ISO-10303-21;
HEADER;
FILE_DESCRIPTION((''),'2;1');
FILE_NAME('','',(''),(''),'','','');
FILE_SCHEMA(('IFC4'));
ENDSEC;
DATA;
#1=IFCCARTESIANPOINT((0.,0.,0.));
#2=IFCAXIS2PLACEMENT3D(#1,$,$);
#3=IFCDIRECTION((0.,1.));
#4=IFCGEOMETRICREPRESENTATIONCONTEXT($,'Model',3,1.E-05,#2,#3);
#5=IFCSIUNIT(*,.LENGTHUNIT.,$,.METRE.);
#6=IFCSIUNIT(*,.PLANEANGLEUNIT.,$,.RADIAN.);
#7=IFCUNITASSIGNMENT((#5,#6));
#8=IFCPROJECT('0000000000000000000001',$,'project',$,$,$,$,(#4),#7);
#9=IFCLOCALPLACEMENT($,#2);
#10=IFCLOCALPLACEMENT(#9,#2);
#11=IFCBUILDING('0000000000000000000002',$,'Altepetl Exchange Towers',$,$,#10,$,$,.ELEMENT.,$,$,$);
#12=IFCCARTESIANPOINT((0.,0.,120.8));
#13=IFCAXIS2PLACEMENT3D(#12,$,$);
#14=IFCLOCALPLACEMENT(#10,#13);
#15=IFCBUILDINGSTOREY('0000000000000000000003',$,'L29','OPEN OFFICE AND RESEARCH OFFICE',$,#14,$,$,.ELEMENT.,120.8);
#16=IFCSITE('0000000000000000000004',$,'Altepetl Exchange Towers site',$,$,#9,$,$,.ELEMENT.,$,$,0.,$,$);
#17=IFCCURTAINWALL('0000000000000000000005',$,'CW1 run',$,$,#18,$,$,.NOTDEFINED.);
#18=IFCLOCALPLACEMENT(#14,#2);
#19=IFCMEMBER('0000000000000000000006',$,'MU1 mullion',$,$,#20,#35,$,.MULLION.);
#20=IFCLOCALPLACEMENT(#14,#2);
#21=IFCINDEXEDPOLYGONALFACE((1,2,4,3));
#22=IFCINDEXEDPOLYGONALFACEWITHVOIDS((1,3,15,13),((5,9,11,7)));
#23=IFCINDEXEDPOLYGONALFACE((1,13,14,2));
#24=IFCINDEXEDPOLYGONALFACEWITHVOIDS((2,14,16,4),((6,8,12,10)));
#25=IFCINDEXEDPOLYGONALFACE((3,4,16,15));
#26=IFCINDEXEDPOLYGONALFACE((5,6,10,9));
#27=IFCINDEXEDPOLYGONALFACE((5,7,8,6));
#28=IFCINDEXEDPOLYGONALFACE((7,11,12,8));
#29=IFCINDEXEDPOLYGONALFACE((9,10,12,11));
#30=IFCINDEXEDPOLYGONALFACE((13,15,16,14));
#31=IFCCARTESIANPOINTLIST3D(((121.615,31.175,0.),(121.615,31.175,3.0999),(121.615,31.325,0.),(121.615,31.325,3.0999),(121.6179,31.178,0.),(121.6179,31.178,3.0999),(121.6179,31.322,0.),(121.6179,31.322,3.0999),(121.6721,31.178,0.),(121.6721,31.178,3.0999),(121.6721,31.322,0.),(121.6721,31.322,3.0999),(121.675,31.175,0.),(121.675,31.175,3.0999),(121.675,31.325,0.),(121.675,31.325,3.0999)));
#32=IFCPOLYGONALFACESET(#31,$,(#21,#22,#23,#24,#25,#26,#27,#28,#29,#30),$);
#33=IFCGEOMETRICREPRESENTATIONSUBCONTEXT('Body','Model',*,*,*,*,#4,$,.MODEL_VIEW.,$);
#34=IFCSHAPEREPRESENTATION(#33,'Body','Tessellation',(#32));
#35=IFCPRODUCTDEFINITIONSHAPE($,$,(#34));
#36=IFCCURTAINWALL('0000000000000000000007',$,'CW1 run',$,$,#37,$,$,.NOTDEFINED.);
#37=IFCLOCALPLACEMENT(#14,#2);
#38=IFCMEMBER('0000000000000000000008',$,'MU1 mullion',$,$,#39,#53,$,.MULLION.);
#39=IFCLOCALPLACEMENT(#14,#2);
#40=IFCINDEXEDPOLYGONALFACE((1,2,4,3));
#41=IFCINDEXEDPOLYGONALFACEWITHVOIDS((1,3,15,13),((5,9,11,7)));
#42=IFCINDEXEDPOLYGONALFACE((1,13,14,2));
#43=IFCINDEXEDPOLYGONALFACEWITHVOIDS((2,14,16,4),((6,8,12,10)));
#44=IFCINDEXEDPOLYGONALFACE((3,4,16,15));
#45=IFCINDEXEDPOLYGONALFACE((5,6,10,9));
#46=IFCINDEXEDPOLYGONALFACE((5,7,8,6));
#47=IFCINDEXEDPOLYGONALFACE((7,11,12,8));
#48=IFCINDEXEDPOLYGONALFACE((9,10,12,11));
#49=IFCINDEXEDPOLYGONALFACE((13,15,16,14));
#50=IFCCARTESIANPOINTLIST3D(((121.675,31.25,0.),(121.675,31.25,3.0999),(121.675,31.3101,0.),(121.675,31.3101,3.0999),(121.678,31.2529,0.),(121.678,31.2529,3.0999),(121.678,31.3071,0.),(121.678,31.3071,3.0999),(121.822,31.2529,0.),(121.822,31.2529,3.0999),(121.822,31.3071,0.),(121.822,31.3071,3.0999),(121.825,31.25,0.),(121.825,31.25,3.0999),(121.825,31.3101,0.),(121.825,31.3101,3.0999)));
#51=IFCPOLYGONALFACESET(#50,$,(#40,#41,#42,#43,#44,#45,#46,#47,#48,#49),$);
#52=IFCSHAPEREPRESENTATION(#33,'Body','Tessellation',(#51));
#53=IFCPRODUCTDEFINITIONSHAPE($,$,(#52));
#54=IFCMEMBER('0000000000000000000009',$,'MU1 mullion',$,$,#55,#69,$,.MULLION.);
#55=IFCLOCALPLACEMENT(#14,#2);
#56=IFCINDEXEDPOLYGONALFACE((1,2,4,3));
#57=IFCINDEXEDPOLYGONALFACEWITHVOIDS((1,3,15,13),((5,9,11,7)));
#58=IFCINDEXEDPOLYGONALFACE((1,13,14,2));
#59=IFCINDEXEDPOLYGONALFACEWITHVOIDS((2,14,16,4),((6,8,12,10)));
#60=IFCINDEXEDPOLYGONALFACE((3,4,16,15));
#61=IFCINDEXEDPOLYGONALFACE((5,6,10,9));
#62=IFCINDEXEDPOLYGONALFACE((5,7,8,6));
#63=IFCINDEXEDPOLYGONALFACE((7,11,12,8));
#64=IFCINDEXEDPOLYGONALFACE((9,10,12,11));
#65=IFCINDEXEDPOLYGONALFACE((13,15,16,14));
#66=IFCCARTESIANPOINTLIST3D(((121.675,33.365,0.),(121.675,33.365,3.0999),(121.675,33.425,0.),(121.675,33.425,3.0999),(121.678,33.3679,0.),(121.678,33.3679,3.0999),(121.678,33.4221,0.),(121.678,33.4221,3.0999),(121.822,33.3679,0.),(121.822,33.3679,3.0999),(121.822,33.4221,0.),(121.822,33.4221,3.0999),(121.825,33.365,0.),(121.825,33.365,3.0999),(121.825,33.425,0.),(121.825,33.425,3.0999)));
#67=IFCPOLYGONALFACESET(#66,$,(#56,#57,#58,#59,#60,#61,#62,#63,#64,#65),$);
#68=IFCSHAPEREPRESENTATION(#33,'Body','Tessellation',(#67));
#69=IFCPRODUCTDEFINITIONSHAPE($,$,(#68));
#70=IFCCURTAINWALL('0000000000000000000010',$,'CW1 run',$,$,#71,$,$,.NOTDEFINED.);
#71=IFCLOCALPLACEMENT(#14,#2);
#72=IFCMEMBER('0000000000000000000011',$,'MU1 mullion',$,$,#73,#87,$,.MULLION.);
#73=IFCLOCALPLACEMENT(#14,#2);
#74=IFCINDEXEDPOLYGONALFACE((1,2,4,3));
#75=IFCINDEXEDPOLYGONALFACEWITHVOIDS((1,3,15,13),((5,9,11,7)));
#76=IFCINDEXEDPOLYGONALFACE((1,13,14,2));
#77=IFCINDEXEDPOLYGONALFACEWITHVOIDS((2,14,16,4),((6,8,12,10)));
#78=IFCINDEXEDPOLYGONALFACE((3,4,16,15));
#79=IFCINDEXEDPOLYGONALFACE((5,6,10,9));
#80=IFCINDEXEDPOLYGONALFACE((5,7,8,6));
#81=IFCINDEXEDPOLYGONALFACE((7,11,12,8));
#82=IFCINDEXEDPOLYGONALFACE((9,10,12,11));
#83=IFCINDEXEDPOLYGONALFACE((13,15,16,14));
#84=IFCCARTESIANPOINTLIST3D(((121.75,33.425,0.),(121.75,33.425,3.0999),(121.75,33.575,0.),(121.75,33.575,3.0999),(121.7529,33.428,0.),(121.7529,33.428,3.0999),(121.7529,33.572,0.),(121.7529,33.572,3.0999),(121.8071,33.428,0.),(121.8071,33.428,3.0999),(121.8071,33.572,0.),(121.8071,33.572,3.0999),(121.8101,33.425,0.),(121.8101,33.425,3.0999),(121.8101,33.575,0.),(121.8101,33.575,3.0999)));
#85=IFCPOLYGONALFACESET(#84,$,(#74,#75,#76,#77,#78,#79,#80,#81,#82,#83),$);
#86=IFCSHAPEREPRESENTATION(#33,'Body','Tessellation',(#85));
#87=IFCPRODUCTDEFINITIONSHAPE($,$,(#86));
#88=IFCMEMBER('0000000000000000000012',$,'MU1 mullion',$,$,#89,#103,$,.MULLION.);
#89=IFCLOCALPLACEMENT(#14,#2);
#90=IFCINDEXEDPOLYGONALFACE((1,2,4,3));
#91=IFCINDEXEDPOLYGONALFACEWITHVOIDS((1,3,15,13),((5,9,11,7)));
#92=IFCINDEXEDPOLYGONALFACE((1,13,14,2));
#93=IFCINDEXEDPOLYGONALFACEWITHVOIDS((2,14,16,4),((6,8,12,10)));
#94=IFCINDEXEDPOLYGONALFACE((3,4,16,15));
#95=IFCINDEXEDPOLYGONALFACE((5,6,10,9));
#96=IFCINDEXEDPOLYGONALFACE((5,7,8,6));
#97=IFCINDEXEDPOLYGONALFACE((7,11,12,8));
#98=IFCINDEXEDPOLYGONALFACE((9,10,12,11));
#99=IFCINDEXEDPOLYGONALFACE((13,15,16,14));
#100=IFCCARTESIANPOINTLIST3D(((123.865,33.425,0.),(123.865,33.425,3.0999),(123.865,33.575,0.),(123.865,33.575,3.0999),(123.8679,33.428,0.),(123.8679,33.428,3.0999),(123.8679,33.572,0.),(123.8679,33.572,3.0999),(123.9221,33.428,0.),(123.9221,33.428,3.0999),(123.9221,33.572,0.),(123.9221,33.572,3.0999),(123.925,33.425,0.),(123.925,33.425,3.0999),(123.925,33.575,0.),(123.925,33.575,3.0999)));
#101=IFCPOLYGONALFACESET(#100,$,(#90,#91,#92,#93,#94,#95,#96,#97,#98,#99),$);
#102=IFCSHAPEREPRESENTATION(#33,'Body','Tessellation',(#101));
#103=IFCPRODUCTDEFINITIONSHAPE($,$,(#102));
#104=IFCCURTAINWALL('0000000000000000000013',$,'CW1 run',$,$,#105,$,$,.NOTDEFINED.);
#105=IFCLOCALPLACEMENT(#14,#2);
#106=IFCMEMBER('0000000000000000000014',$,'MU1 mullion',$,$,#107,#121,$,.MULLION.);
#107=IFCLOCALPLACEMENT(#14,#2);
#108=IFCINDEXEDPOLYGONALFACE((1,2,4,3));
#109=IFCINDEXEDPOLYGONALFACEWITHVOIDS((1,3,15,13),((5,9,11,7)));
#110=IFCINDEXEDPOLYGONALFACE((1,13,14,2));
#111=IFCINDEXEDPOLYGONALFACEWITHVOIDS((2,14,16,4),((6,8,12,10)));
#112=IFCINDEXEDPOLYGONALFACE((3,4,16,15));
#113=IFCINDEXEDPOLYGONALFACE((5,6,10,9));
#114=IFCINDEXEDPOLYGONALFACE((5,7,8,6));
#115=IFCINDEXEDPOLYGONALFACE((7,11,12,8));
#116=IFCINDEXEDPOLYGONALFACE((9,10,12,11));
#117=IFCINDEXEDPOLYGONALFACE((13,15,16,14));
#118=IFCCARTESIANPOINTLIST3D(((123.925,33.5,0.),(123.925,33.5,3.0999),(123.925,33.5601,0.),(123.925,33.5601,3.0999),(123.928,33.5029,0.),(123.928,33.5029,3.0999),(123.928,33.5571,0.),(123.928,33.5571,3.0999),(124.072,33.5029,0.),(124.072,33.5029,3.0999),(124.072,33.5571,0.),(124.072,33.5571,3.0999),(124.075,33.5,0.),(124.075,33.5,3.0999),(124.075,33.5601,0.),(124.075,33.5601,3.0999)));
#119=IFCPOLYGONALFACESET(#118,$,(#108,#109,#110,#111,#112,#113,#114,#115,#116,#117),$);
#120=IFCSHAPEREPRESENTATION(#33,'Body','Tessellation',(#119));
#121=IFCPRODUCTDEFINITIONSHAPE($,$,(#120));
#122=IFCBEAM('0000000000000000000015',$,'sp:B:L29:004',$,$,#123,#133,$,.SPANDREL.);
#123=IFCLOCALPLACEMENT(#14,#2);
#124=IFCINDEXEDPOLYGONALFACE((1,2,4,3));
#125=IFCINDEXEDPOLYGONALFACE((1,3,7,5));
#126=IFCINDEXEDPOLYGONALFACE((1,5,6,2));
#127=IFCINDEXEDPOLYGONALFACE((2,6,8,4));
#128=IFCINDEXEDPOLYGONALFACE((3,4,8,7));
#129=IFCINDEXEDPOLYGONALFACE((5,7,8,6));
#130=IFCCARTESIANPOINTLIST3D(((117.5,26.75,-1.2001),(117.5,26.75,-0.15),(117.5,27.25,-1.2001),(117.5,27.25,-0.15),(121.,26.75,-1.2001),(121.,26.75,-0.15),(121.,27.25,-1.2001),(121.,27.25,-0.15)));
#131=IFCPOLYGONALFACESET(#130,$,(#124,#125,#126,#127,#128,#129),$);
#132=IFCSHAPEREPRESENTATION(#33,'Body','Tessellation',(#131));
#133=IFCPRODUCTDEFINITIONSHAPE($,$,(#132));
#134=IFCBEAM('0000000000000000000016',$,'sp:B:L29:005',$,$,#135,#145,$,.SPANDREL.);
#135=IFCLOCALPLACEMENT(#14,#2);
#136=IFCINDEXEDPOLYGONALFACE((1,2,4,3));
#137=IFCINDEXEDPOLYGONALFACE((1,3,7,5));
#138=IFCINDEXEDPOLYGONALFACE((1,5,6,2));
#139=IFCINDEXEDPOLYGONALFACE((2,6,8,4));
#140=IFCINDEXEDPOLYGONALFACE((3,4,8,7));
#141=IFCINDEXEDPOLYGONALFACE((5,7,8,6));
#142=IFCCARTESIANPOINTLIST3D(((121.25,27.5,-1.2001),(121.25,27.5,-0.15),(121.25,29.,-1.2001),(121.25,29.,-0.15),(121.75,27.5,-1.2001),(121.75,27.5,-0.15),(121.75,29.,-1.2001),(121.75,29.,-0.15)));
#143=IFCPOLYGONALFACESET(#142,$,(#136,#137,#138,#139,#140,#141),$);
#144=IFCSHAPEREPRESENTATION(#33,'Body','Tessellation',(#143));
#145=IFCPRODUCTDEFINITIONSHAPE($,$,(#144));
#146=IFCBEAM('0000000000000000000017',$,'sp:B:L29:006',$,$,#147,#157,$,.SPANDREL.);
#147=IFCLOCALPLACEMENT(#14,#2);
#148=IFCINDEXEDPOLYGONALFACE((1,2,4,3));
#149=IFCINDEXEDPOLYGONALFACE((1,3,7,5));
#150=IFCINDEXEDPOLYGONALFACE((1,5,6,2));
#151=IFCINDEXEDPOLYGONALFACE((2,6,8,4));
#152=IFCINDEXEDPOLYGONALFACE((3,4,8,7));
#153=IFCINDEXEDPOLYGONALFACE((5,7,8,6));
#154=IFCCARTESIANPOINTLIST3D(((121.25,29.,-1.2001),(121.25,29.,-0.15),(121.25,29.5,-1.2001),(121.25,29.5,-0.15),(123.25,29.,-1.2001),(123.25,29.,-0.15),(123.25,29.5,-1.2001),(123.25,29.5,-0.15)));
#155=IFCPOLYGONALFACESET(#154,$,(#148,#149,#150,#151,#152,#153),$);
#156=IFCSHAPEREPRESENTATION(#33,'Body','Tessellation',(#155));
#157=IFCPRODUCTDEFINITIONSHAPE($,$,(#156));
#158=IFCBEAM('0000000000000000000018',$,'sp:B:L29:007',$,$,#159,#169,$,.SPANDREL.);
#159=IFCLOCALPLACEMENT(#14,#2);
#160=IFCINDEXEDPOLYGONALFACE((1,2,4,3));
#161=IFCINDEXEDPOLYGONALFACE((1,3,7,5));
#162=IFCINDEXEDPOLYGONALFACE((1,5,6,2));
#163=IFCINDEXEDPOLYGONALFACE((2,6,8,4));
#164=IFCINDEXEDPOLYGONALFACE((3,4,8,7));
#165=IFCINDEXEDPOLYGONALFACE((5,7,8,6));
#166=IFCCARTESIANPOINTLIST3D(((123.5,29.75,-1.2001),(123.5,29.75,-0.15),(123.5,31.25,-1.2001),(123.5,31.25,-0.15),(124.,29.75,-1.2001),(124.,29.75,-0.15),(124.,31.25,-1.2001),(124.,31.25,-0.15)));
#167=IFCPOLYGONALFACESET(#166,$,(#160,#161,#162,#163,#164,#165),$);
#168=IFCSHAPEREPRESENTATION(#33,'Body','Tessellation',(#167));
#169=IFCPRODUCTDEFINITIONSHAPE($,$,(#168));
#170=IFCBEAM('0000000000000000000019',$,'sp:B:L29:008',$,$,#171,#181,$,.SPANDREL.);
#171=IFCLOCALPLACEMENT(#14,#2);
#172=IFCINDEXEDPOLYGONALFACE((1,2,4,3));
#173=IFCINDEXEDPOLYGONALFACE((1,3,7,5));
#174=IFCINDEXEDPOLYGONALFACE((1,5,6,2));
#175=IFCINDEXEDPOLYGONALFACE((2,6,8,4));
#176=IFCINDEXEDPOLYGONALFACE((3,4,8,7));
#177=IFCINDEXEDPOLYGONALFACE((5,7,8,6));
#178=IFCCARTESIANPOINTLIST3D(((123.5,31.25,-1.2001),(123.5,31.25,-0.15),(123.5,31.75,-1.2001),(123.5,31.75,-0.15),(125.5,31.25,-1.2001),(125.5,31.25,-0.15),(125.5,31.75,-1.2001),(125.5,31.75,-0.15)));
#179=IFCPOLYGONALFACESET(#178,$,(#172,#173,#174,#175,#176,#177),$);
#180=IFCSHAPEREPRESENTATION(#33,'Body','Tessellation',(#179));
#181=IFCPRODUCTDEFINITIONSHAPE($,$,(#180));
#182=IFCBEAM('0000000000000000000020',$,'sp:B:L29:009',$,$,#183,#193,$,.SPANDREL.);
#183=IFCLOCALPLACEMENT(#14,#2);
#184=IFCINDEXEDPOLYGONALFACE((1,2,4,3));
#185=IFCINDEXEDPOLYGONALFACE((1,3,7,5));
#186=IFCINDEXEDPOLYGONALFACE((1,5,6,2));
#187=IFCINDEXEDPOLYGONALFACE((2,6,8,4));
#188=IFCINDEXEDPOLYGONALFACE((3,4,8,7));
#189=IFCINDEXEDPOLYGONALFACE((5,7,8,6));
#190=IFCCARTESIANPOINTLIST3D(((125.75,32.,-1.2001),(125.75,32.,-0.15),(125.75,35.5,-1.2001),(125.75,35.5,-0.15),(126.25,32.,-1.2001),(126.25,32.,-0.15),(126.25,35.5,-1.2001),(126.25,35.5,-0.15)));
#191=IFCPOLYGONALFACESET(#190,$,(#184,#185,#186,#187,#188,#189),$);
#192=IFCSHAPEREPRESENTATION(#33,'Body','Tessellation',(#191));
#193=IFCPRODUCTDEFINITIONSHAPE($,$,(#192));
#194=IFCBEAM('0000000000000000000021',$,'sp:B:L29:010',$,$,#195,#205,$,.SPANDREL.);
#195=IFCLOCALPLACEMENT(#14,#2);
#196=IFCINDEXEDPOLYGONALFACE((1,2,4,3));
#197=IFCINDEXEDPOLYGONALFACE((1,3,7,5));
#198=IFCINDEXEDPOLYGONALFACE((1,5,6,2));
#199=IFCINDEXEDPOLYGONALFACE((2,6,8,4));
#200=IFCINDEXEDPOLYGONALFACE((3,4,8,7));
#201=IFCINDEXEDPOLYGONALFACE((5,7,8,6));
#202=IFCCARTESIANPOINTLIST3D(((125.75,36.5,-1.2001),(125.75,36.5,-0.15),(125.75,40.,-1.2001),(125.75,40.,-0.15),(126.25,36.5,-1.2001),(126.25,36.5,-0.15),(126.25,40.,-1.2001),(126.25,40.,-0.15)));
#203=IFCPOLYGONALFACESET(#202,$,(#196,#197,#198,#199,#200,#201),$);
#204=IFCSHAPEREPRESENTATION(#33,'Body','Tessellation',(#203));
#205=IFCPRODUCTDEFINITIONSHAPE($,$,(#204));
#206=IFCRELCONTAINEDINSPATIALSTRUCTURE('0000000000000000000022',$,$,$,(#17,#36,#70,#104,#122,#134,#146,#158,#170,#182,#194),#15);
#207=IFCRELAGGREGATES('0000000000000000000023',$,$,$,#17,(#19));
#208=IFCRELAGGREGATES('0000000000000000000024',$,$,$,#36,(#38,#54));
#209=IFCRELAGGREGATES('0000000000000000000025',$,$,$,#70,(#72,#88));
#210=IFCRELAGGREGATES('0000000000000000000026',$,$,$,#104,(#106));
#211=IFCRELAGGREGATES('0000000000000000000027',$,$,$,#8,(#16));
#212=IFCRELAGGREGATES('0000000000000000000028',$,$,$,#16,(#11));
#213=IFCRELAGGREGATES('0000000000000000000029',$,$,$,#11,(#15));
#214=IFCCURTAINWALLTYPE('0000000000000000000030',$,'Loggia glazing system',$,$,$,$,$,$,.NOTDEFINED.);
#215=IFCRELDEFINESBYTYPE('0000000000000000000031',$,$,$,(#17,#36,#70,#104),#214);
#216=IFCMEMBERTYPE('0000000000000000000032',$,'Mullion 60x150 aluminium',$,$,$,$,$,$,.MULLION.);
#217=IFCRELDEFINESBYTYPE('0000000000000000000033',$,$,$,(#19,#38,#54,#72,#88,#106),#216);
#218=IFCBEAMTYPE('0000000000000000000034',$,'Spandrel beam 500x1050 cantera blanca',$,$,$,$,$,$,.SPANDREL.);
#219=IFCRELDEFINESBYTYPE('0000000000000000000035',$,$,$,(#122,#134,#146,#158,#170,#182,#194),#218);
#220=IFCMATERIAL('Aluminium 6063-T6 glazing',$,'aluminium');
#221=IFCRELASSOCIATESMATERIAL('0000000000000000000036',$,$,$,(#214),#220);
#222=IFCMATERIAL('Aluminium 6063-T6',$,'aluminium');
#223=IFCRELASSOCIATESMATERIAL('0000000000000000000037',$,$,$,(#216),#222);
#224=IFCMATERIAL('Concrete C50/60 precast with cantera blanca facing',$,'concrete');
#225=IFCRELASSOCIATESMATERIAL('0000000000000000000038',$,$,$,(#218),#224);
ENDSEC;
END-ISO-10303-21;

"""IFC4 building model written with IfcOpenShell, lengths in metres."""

from ifc_helpers import new_model, si_unit, direction, frame, origin, origin_2d, place, context, subcontext, project, spatial, rectangle, hollow_rectangle, extrude, material, material_profile, profile_set, type_object, element, aggregate, save


model = new_model("IFC4")

# Units and contexts
model_context = context("Model", 3, precision=1e-05, world=origin(), true_north=direction((0.0, 1.0)))
body_context = subcontext(model_context, "Body", "Model", "MODEL_VIEW")
ifc_project = project(units=[si_unit("LENGTHUNIT", "METRE"), si_unit("PLANEANGLEUNIT", "RADIAN")], contexts=[model_context])

# Site, building, storey
site_placement = place(None, origin())
site = spatial("IfcSite", under=ifc_project, at=site_placement, Name="Altepetl Exchange Towers site", CompositionType="ELEMENT", RefElevation=0.0)
building_placement = place(site_placement, origin())
building = spatial("IfcBuilding", under=site, at=building_placement, Name="Altepetl Exchange Towers", CompositionType="ELEMENT")
storey_placement = place(building_placement, frame((0.0, 0.0, 120.8)))
storey = spatial("IfcBuildingStorey", under=building, at=storey_placement, Name="L29", Description="OPEN OFFICE AND RESEARCH OFFICE", CompositionType="ELEMENT", Elevation=120.8)

# Shared definitions
ifc_material_1 = material(Name="Aluminium 6063-T6 glazing", Category="aluminium")
curtain_wall_type = type_object("IfcCurtainWallType", Name="Loggia glazing system", PredefinedType="NOTDEFINED", material=ifc_material_1)
ifc_material_2 = material(Name="Aluminium 6063-T6", Category="aluminium")
ifc_material_profile_1 = material_profile(ifc_material_2, hollow_rectangle(XDim=0.0601, YDim=0.1499, WallThickness=0.0029, at=origin_2d()), Name="Mullion 60x150 aluminium")
ifc_profile_set_1 = profile_set([ifc_material_profile_1], Name="Aluminium 6063-T6")
member_type = type_object("IfcMemberType", Name="Mullion 60x150 aluminium", PredefinedType="MULLION", material=ifc_profile_set_1)

# Curtain walls, members
curtain_wall_1_placement = place(storey_placement, origin())
curtain_wall_1 = element("IfcCurtainWall", 1, at=curtain_wall_1_placement, inside=storey, type_object=curtain_wall_type, Name="CW1 run", PredefinedType="NOTDEFINED")
member_1_placement = place(storey_placement, frame((121.645, 31.25, 0.0)))
member_1 = element("IfcMember", 2, at=member_1_placement, type_object=member_type, Name="MU1 mullion", PredefinedType="MULLION", context=body_context, shape_type="SweptSolid", body=[
    extrude(hollow_rectangle(XDim=0.0601, YDim=0.1499, WallThickness=0.0029, at=origin_2d()), origin(), (0.0, 0.0, 1.0), 3.0999),
])
curtain_wall_2_placement = place(storey_placement, origin())
curtain_wall_2 = element("IfcCurtainWall", 3, at=curtain_wall_2_placement, inside=storey, type_object=curtain_wall_type, Name="CW1 run", PredefinedType="NOTDEFINED")
member_2_placement = place(storey_placement, frame((121.75, 31.28, 0.0), z_axis=(0.0, 0.0, 1.0), x_axis=(0.0, 1.0, 0.0)))
member_2 = element("IfcMember", 4, at=member_2_placement, type_object=member_type, Name="MU1 mullion", PredefinedType="MULLION", context=body_context, shape_type="SweptSolid", body=[
    extrude(hollow_rectangle(XDim=0.0601, YDim=0.1499, WallThickness=0.0029, at=origin_2d()), origin(), (0.0, 0.0, 1.0), 3.0999),
])
member_3_placement = place(storey_placement, frame((121.75, 33.395, 0.0), z_axis=(0.0, 0.0, 1.0), x_axis=(0.0, 1.0, 0.0)))
member_3 = element("IfcMember", 5, at=member_3_placement, type_object=member_type, Name="MU1 mullion", PredefinedType="MULLION", context=body_context, shape_type="SweptSolid", body=[
    extrude(hollow_rectangle(XDim=0.0601, YDim=0.1499, WallThickness=0.0029, at=origin_2d()), origin(), (0.0, 0.0, 1.0), 3.0999),
])
curtain_wall_3_placement = place(storey_placement, origin())
curtain_wall_3 = element("IfcCurtainWall", 6, at=curtain_wall_3_placement, inside=storey, type_object=curtain_wall_type, Name="CW1 run", PredefinedType="NOTDEFINED")
member_4_placement = place(storey_placement, frame((121.78, 33.5, 0.0)))
member_4 = element("IfcMember", 7, at=member_4_placement, type_object=member_type, Name="MU1 mullion", PredefinedType="MULLION", context=body_context, shape_type="SweptSolid", body=[
    extrude(hollow_rectangle(XDim=0.0601, YDim=0.1499, WallThickness=0.0029, at=origin_2d()), origin(), (0.0, 0.0, 1.0), 3.0999),
])
member_5_placement = place(storey_placement, frame((123.895, 33.5, 0.0)))
member_5 = element("IfcMember", 8, at=member_5_placement, type_object=member_type, Name="MU1 mullion", PredefinedType="MULLION", context=body_context, shape_type="SweptSolid", body=[
    extrude(hollow_rectangle(XDim=0.0601, YDim=0.1499, WallThickness=0.0029, at=origin_2d()), origin(), (0.0, 0.0, 1.0), 3.0999),
])

# Curtain wall, member
curtain_wall_4_placement = place(storey_placement, origin())
curtain_wall_4 = element("IfcCurtainWall", 9, at=curtain_wall_4_placement, inside=storey, type_object=curtain_wall_type, Name="CW1 run", PredefinedType="NOTDEFINED")
member_6_placement = place(storey_placement, frame((124.0, 33.53, 0.0), z_axis=(0.0, 0.0, 1.0), x_axis=(0.0, 1.0, 0.0)))
member_6 = element("IfcMember", 10, at=member_6_placement, type_object=member_type, Name="MU1 mullion", PredefinedType="MULLION", context=body_context, shape_type="SweptSolid", body=[
    extrude(hollow_rectangle(XDim=0.0601, YDim=0.1499, WallThickness=0.0029, at=origin_2d()), origin(), (0.0, 0.0, 1.0), 3.0999),
])

# Beams
ifc_material_3 = material(Name="Concrete C50/60 precast with cantera blanca facing", Category="concrete")
ifc_material_profile_2 = material_profile(ifc_material_3, rectangle(XDim=0.5, YDim=1.05, at=origin_2d()), Name="500 x 1050")
ifc_profile_set_2 = profile_set([ifc_material_profile_2], Name="Concrete C50/60 precast with cantera blanca facing")
beam_type_1 = type_object("IfcBeamType", Name="Spandrel beam 500x1050 cantera blanca", PredefinedType="SPANDREL", material=ifc_profile_set_2)
beam_1_placement = place(storey_placement, frame((117.5, 27.0, -0.675), z_axis=(1.0, 0.0, 0.0), x_axis=(0.0, 1.0, 0.0)))
element("IfcBeam", 11, at=beam_1_placement, inside=storey, type_object=beam_type_1, Name="sp:B:L29:004", PredefinedType="SPANDREL", context=body_context, shape_type="SweptSolid", body=[
    extrude(rectangle(XDim=0.5, YDim=1.05, at=origin_2d()), origin(), (0.0, 0.0, 1.0), 3.5),
])
beam_2_placement = place(storey_placement, frame((121.5, 27.5, -0.675), z_axis=(0.0, 1.0, 0.0), x_axis=(-1.0, 0.0, 0.0)))
element("IfcBeam", 12, at=beam_2_placement, inside=storey, type_object=beam_type_1, Name="sp:B:L29:005", PredefinedType="SPANDREL", context=body_context, shape_type="SweptSolid", body=[
    extrude(rectangle(XDim=0.5, YDim=1.05, at=origin_2d()), origin(), (0.0, 0.0, 1.0), 1.5),
])
beam_3_placement = place(storey_placement, frame((121.25, 29.25, -0.675), z_axis=(1.0, 0.0, 0.0), x_axis=(0.0, 1.0, 0.0)))
element("IfcBeam", 13, at=beam_3_placement, inside=storey, type_object=beam_type_1, Name="sp:B:L29:006", PredefinedType="SPANDREL", context=body_context, shape_type="SweptSolid", body=[
    extrude(rectangle(XDim=0.5, YDim=1.05, at=origin_2d()), origin(), (0.0, 0.0, 1.0), 2.0),
])
beam_4_placement = place(storey_placement, frame((123.75, 29.75, -0.675), z_axis=(0.0, 1.0, 0.0), x_axis=(-1.0, 0.0, 0.0)))
element("IfcBeam", 14, at=beam_4_placement, inside=storey, type_object=beam_type_1, Name="sp:B:L29:007", PredefinedType="SPANDREL", context=body_context, shape_type="SweptSolid", body=[
    extrude(rectangle(XDim=0.5, YDim=1.05, at=origin_2d()), origin(), (0.0, 0.0, 1.0), 1.5),
])
beam_5_placement = place(storey_placement, frame((123.5, 31.5, -0.675), z_axis=(1.0, 0.0, 0.0), x_axis=(0.0, 1.0, 0.0)))
element("IfcBeam", 15, at=beam_5_placement, inside=storey, type_object=beam_type_1, Name="sp:B:L29:008", PredefinedType="SPANDREL", context=body_context, shape_type="SweptSolid", body=[
    extrude(rectangle(XDim=0.5, YDim=1.05, at=origin_2d()), origin(), (0.0, 0.0, 1.0), 2.0),
])
for number, where, z_axis, x_axis, name in (
    (16, (126.0, 32.0, -0.675), (0.0, 1.0, 0.0), (-1.0, 0.0, 0.0), "sp:B:L29:009"),
    (17, (126.0, 36.5, -0.675), (0.0, 1.0, 0.0), (-1.0, 0.0, 0.0), "sp:B:L29:010"),
):
    element("IfcBeam", number, at=place(storey_placement, frame(where, z_axis=z_axis, x_axis=x_axis)), inside=storey, type_object=beam_type_1, Name=name, PredefinedType="SPANDREL", context=body_context, shape_type="SweptSolid", body=[
        extrude(rectangle(XDim=0.5, YDim=1.05, at=origin_2d()), origin(), (0.0, 0.0, 1.0), 3.5),
    ])

aggregate(curtain_wall_1, [member_1])
aggregate(curtain_wall_2, [member_2, member_3])
aggregate(curtain_wall_3, [member_4, member_5])
aggregate(curtain_wall_4, [member_6])

save(model, "model.ifc")
